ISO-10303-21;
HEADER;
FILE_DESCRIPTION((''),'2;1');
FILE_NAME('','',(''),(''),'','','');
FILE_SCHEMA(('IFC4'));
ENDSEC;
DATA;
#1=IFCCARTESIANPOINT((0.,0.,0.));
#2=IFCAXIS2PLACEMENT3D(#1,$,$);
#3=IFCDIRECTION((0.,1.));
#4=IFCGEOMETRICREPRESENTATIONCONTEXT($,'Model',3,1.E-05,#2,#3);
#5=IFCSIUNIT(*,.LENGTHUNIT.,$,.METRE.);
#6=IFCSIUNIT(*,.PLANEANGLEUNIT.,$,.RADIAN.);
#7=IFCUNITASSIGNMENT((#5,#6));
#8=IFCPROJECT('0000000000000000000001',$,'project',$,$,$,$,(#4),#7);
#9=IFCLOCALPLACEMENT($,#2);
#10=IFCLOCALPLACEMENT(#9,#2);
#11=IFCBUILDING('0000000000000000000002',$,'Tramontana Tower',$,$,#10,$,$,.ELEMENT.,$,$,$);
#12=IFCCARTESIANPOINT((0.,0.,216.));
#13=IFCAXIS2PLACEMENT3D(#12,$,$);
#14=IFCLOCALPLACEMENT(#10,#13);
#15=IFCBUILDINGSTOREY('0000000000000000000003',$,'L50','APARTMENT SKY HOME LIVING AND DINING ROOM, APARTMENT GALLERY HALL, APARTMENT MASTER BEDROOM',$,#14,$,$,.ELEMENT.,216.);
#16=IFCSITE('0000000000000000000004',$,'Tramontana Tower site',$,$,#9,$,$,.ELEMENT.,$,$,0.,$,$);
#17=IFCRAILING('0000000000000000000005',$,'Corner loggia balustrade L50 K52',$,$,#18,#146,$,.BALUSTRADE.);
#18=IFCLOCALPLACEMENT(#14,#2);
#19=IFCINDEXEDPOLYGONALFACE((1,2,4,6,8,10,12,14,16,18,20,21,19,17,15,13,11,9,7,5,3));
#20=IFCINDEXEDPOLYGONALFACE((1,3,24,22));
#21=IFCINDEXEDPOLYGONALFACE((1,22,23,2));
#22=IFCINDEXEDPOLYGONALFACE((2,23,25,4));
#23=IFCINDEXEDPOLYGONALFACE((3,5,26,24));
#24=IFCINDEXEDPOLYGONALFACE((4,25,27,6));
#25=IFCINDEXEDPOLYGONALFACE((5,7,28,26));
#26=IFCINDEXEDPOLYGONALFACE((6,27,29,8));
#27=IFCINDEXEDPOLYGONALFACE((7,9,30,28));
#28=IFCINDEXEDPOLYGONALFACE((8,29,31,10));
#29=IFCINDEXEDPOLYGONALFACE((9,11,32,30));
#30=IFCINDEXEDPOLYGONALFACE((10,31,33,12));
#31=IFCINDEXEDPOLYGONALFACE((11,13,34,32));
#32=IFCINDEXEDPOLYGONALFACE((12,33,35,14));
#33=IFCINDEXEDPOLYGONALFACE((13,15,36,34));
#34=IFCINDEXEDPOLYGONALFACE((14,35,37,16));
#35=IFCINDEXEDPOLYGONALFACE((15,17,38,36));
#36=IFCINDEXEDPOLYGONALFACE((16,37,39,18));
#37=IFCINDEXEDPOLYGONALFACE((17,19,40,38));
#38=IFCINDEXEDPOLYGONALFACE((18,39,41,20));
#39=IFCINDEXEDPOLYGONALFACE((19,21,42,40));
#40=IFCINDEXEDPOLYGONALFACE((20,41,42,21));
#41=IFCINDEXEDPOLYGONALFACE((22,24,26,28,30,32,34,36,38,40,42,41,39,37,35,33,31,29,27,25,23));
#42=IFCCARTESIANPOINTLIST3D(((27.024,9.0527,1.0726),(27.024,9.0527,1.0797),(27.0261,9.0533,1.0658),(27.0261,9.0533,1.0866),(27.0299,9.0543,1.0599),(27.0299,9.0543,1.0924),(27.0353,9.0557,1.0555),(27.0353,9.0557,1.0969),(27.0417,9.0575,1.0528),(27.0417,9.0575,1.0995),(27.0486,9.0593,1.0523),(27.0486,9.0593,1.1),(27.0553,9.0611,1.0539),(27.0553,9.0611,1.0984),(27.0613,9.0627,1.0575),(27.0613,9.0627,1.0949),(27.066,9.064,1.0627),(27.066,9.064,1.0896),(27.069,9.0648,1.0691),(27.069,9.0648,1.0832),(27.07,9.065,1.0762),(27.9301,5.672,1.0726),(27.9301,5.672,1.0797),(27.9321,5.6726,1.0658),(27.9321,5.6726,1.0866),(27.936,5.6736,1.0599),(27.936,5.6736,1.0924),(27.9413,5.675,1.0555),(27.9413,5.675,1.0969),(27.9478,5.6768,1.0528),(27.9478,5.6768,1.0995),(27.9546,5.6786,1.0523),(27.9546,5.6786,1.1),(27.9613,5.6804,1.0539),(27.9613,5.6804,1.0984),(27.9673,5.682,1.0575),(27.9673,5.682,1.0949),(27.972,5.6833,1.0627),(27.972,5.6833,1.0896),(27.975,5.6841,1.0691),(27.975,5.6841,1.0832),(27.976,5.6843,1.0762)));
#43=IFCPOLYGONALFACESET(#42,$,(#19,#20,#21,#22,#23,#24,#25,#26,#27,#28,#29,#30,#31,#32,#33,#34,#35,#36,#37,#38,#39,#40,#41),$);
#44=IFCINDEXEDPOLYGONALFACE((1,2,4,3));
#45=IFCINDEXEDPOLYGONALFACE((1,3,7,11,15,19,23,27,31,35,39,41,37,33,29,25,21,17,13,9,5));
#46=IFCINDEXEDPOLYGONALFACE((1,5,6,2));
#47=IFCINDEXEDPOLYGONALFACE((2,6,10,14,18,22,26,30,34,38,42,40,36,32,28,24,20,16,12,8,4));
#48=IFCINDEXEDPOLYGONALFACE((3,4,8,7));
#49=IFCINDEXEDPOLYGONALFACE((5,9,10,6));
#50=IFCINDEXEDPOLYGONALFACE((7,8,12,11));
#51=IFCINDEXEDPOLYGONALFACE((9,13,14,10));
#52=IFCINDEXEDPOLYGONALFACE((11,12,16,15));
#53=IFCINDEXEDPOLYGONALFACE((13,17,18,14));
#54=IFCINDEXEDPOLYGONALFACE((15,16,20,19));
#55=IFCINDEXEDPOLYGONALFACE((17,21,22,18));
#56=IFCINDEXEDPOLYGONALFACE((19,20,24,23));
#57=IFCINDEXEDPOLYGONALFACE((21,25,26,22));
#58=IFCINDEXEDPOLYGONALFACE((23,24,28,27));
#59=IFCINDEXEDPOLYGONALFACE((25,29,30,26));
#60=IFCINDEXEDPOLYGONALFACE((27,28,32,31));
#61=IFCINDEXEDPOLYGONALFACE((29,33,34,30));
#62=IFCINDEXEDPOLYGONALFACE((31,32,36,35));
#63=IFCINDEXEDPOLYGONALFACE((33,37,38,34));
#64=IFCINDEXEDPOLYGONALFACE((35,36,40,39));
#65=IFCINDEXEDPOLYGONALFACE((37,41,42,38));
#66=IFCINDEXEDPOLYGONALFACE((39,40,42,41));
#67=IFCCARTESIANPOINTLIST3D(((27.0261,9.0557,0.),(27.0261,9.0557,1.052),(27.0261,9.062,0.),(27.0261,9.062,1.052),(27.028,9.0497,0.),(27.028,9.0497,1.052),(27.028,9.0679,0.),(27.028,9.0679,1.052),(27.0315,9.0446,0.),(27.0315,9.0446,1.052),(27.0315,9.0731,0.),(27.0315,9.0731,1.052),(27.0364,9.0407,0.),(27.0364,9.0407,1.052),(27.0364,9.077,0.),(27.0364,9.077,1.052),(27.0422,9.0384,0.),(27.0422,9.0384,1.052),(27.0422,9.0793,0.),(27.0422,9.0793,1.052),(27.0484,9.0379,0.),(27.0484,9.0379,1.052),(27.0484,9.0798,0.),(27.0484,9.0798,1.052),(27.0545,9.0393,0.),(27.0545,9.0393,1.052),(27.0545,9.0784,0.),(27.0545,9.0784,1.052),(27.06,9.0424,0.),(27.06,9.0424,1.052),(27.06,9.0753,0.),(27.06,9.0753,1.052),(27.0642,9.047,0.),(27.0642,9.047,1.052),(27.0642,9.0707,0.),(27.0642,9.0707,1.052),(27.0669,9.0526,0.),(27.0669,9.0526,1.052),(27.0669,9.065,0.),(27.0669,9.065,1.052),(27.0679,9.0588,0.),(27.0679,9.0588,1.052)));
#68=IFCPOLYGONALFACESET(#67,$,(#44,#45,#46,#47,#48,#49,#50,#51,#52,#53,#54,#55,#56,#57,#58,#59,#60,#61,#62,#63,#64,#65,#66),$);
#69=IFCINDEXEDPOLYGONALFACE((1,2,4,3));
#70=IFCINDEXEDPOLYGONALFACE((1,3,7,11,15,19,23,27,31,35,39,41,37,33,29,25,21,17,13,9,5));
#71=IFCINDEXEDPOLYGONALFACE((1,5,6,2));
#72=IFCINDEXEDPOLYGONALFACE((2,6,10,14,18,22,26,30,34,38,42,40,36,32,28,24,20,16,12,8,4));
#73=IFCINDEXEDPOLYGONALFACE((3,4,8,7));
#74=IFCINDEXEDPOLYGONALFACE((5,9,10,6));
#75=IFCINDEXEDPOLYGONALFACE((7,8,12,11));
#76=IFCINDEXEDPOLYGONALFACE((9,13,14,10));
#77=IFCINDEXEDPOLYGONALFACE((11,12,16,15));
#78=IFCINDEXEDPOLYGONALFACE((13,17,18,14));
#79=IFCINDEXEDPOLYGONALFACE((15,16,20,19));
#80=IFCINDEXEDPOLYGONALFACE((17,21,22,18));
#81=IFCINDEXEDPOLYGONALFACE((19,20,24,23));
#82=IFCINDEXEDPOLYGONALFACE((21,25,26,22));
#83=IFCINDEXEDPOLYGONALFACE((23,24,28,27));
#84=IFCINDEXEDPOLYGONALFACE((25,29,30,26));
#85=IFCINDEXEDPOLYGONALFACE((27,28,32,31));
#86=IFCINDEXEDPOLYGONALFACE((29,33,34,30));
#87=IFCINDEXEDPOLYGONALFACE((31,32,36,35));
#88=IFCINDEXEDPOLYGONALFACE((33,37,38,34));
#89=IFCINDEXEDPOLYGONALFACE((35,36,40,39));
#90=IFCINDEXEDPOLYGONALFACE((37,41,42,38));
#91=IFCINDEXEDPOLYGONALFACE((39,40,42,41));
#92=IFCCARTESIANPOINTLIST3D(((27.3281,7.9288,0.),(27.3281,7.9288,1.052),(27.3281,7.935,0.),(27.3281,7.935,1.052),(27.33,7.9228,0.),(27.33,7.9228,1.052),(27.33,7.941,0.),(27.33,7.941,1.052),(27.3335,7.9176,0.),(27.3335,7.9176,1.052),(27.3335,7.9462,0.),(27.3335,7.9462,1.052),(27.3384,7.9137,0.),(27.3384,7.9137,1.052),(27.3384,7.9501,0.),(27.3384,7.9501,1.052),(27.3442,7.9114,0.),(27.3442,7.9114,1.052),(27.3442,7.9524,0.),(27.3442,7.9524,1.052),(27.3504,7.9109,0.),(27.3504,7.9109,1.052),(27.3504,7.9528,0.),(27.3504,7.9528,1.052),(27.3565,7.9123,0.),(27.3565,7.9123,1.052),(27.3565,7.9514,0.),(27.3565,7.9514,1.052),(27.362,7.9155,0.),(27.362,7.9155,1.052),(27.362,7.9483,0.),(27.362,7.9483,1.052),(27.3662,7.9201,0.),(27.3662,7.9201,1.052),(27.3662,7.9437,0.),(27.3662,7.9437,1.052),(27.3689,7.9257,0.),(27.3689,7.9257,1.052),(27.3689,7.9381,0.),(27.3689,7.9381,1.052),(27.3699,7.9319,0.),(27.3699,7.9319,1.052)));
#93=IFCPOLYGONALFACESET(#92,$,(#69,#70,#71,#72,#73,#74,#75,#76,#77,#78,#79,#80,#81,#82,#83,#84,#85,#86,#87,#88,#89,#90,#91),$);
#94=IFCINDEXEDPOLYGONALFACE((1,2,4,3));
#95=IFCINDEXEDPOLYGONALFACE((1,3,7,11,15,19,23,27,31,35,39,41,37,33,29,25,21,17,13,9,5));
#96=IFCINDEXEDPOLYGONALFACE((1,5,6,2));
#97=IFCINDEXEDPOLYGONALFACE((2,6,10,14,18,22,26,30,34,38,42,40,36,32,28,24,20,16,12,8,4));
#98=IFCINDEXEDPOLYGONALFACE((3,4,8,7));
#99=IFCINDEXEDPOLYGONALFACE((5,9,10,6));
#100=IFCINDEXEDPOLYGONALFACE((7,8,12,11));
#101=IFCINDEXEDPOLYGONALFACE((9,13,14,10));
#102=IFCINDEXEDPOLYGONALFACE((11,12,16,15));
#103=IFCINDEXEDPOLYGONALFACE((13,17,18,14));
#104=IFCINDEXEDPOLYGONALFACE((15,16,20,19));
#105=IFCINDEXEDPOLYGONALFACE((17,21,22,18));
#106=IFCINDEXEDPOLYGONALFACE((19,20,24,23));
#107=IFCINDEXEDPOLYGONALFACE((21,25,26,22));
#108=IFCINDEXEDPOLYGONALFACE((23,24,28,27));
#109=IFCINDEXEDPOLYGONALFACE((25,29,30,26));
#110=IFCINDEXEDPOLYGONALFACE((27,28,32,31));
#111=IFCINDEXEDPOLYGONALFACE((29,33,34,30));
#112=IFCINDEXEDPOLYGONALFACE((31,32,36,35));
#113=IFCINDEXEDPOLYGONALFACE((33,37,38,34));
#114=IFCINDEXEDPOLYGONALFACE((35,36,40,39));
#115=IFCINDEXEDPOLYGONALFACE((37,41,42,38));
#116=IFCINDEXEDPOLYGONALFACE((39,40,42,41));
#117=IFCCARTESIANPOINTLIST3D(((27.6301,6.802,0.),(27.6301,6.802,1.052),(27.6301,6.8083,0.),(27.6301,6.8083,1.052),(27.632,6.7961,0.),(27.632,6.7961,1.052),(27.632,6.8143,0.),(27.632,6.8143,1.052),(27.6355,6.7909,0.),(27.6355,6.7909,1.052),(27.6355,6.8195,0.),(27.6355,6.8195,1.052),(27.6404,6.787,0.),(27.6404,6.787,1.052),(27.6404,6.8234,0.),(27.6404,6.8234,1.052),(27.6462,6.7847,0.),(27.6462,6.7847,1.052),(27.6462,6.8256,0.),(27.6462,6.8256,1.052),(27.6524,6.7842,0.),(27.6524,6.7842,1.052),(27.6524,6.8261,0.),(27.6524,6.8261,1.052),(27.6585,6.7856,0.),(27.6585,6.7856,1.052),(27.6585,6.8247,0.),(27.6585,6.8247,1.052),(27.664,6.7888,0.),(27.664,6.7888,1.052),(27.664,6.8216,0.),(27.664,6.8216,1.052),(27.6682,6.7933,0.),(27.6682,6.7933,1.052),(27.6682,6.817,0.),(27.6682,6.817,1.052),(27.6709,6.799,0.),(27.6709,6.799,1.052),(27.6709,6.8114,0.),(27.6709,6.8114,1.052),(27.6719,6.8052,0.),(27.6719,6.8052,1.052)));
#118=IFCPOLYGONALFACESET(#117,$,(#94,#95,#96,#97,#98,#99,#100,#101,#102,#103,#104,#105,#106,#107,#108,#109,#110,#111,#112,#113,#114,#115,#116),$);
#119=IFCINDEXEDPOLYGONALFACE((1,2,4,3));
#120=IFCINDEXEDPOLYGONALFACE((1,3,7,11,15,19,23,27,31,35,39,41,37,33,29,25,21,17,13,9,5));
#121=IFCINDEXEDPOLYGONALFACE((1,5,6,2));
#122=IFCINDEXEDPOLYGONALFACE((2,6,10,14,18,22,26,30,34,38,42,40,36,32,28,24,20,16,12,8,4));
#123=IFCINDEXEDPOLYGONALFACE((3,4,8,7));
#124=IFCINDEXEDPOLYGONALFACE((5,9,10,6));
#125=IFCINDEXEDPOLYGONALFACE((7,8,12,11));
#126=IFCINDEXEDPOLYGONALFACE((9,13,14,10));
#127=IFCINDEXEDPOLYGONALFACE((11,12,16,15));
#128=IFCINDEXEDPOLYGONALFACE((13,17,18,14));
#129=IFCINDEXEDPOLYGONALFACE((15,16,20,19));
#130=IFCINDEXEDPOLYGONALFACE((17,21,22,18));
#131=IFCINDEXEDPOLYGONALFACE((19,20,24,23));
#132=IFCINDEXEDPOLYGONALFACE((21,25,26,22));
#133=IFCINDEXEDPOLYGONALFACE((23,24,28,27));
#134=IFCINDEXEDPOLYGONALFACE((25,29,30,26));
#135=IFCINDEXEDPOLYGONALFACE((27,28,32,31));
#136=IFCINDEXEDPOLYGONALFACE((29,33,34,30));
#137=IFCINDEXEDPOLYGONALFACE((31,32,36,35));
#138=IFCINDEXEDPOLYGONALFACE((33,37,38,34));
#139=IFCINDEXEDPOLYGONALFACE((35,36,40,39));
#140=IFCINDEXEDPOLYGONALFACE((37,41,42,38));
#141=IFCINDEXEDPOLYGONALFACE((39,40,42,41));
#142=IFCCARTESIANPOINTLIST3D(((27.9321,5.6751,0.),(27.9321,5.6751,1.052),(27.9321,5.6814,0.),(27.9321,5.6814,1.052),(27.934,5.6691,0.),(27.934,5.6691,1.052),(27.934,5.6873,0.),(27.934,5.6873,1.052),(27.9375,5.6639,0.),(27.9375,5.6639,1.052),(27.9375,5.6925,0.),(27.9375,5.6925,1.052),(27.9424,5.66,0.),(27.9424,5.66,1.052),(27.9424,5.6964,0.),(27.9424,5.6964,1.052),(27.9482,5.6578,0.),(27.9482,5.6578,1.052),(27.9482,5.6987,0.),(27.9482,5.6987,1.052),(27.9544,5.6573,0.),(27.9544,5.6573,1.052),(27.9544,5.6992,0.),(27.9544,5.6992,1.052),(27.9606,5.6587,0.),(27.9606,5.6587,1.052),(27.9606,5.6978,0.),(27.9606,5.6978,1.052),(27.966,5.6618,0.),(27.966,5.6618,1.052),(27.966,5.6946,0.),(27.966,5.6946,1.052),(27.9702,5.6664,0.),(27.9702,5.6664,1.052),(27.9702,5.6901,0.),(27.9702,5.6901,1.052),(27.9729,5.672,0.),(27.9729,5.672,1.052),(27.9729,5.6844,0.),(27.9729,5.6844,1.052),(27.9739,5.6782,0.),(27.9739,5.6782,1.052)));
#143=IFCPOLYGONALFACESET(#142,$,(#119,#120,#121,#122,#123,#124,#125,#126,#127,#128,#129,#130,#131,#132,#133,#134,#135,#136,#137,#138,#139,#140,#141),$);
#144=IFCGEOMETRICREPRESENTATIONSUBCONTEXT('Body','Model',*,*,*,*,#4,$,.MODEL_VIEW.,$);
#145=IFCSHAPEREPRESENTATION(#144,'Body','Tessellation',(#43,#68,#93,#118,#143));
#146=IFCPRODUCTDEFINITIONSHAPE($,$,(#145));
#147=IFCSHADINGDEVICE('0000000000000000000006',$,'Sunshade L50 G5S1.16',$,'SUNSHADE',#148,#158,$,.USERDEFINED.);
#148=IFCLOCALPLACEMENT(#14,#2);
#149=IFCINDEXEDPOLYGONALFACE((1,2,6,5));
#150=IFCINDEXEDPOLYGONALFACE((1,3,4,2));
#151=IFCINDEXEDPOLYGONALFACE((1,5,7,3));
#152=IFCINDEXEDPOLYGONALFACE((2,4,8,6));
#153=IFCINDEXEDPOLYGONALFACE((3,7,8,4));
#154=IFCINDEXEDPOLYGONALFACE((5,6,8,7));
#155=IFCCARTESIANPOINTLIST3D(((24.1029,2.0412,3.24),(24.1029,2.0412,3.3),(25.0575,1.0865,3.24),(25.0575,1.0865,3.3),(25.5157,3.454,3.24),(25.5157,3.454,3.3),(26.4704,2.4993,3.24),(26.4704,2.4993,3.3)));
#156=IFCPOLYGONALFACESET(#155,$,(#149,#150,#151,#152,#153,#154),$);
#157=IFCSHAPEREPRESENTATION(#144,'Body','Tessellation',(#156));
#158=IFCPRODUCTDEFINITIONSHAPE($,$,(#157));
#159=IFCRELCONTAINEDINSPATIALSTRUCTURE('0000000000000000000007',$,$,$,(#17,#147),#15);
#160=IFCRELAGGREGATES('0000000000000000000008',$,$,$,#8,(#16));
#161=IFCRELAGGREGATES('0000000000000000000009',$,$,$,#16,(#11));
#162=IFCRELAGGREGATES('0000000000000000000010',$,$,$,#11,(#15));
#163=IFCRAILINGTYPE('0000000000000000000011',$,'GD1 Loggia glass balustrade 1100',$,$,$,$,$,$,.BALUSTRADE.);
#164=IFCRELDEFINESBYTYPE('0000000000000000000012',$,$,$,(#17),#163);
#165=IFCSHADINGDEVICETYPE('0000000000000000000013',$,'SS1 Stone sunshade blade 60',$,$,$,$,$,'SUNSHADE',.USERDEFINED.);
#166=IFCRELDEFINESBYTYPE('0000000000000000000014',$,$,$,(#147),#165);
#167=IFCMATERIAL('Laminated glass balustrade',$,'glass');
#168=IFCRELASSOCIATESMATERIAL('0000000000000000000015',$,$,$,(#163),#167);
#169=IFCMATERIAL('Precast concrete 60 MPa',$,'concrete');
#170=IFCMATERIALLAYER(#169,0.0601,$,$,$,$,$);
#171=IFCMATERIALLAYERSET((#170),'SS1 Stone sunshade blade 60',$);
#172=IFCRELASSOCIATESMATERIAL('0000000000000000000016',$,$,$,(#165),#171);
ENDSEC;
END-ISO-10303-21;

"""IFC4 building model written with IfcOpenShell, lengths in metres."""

from ifc_helpers import new_model, si_unit, direction, frame, origin, origin_2d, place, context, subcontext, project, spatial, rectangle, circle, extrude, material, layer, layer_set, type_object, element, save


model = new_model("IFC4")

# Units and contexts
model_context = context("Model", 3, precision=1e-05, world=origin(), true_north=direction((0.0, 1.0)))
body_context = subcontext(model_context, "Body", "Model", "MODEL_VIEW")
ifc_project = project(units=[si_unit("LENGTHUNIT", "METRE"), si_unit("PLANEANGLEUNIT", "RADIAN")], contexts=[model_context])

# Site, building, storey
site_placement = place(None, origin())
site = spatial("IfcSite", under=ifc_project, at=site_placement, Name="Tramontana Tower site", CompositionType="ELEMENT", RefElevation=0.0)
building_placement = place(site_placement, origin())
building = spatial("IfcBuilding", under=site, at=building_placement, Name="Tramontana Tower", CompositionType="ELEMENT")
storey_placement = place(building_placement, frame((0.0, 0.0, 216.0)))
storey = spatial("IfcBuildingStorey", under=building, at=storey_placement, Name="L50", Description="APARTMENT SKY HOME LIVING AND DINING ROOM, APARTMENT GALLERY HALL, APARTMENT MASTER BEDROOM", CompositionType="ELEMENT", Elevation=216.0)

# Railing
ifc_material_1 = material(Name="Laminated glass balustrade", Category="glass")
railing_type = type_object("IfcRailingType", Name="GD1 Loggia glass balustrade 1100", PredefinedType="BALUSTRADE", material=ifc_material_1)
railing_1_placement = place(storey_placement, frame((27.0469, 9.0588, 0.0)))
element("IfcRailing", 1, at=railing_1_placement, inside=storey, type_object=railing_type, Name="Corner loggia balustrade L50 K52", PredefinedType="BALUSTRADE", context=body_context, shape_type="SweptSolid", body=[
    extrude(circle(Radius=0.0239, at=origin_2d()), frame((0.0, 0.0, 1.0762), z_axis=(0.258865, -0.965913, 0.0), x_axis=(0.965913, 0.258865, 0.0)), (0.0, 0.0, 1.0), 3.5),
    extrude(circle(Radius=0.021, at=origin_2d()), origin(), (0.0, 0.0, 1.0), 1.052),
    extrude(circle(Radius=0.021, at=origin_2d()), frame((0.302, -1.127, 0.0)), (0.0, 0.0, 1.0), 1.052),
    extrude(circle(Radius=0.021, at=origin_2d()), frame((0.604, -2.2537, 0.0)), (0.0, 0.0, 1.0), 1.052),
    extrude(circle(Radius=0.021, at=origin_2d()), frame((0.906, -3.3806, 0.0)), (0.0, 0.0, 1.0), 1.052),
])

# Shading device
ifc_material_2 = material(Name="Precast concrete 60 MPa", Category="concrete")
ifc_layer_1 = layer(ifc_material_2, 0.0601)
ifc_layer_set_1 = layer_set([ifc_layer_1], Name="SS1 Stone sunshade blade 60")
shading_device_type = type_object("IfcShadingDeviceType", Name="SS1 Stone sunshade blade 60", ElementType="SUNSHADE", PredefinedType="USERDEFINED", material=ifc_layer_set_1)
shading_device_placement = place(storey_placement, frame((25.2866, 2.2703, 3.24), z_axis=(0.0, 0.0, 1.0), x_axis=(0.707107, 0.707107, 0.0)))
element("IfcShadingDevice", 2, at=shading_device_placement, inside=storey, type_object=shading_device_type, Name="Sunshade L50 G5S1.16", ObjectType="SUNSHADE", PredefinedType="USERDEFINED", context=body_context, shape_type="SweptSolid", body=[
    extrude(rectangle(XDim=1.998, YDim=1.3501, at=origin_2d()), origin(), (0.0, 0.0, 1.0), 0.0601),
])

save(model, "model.ifc")
